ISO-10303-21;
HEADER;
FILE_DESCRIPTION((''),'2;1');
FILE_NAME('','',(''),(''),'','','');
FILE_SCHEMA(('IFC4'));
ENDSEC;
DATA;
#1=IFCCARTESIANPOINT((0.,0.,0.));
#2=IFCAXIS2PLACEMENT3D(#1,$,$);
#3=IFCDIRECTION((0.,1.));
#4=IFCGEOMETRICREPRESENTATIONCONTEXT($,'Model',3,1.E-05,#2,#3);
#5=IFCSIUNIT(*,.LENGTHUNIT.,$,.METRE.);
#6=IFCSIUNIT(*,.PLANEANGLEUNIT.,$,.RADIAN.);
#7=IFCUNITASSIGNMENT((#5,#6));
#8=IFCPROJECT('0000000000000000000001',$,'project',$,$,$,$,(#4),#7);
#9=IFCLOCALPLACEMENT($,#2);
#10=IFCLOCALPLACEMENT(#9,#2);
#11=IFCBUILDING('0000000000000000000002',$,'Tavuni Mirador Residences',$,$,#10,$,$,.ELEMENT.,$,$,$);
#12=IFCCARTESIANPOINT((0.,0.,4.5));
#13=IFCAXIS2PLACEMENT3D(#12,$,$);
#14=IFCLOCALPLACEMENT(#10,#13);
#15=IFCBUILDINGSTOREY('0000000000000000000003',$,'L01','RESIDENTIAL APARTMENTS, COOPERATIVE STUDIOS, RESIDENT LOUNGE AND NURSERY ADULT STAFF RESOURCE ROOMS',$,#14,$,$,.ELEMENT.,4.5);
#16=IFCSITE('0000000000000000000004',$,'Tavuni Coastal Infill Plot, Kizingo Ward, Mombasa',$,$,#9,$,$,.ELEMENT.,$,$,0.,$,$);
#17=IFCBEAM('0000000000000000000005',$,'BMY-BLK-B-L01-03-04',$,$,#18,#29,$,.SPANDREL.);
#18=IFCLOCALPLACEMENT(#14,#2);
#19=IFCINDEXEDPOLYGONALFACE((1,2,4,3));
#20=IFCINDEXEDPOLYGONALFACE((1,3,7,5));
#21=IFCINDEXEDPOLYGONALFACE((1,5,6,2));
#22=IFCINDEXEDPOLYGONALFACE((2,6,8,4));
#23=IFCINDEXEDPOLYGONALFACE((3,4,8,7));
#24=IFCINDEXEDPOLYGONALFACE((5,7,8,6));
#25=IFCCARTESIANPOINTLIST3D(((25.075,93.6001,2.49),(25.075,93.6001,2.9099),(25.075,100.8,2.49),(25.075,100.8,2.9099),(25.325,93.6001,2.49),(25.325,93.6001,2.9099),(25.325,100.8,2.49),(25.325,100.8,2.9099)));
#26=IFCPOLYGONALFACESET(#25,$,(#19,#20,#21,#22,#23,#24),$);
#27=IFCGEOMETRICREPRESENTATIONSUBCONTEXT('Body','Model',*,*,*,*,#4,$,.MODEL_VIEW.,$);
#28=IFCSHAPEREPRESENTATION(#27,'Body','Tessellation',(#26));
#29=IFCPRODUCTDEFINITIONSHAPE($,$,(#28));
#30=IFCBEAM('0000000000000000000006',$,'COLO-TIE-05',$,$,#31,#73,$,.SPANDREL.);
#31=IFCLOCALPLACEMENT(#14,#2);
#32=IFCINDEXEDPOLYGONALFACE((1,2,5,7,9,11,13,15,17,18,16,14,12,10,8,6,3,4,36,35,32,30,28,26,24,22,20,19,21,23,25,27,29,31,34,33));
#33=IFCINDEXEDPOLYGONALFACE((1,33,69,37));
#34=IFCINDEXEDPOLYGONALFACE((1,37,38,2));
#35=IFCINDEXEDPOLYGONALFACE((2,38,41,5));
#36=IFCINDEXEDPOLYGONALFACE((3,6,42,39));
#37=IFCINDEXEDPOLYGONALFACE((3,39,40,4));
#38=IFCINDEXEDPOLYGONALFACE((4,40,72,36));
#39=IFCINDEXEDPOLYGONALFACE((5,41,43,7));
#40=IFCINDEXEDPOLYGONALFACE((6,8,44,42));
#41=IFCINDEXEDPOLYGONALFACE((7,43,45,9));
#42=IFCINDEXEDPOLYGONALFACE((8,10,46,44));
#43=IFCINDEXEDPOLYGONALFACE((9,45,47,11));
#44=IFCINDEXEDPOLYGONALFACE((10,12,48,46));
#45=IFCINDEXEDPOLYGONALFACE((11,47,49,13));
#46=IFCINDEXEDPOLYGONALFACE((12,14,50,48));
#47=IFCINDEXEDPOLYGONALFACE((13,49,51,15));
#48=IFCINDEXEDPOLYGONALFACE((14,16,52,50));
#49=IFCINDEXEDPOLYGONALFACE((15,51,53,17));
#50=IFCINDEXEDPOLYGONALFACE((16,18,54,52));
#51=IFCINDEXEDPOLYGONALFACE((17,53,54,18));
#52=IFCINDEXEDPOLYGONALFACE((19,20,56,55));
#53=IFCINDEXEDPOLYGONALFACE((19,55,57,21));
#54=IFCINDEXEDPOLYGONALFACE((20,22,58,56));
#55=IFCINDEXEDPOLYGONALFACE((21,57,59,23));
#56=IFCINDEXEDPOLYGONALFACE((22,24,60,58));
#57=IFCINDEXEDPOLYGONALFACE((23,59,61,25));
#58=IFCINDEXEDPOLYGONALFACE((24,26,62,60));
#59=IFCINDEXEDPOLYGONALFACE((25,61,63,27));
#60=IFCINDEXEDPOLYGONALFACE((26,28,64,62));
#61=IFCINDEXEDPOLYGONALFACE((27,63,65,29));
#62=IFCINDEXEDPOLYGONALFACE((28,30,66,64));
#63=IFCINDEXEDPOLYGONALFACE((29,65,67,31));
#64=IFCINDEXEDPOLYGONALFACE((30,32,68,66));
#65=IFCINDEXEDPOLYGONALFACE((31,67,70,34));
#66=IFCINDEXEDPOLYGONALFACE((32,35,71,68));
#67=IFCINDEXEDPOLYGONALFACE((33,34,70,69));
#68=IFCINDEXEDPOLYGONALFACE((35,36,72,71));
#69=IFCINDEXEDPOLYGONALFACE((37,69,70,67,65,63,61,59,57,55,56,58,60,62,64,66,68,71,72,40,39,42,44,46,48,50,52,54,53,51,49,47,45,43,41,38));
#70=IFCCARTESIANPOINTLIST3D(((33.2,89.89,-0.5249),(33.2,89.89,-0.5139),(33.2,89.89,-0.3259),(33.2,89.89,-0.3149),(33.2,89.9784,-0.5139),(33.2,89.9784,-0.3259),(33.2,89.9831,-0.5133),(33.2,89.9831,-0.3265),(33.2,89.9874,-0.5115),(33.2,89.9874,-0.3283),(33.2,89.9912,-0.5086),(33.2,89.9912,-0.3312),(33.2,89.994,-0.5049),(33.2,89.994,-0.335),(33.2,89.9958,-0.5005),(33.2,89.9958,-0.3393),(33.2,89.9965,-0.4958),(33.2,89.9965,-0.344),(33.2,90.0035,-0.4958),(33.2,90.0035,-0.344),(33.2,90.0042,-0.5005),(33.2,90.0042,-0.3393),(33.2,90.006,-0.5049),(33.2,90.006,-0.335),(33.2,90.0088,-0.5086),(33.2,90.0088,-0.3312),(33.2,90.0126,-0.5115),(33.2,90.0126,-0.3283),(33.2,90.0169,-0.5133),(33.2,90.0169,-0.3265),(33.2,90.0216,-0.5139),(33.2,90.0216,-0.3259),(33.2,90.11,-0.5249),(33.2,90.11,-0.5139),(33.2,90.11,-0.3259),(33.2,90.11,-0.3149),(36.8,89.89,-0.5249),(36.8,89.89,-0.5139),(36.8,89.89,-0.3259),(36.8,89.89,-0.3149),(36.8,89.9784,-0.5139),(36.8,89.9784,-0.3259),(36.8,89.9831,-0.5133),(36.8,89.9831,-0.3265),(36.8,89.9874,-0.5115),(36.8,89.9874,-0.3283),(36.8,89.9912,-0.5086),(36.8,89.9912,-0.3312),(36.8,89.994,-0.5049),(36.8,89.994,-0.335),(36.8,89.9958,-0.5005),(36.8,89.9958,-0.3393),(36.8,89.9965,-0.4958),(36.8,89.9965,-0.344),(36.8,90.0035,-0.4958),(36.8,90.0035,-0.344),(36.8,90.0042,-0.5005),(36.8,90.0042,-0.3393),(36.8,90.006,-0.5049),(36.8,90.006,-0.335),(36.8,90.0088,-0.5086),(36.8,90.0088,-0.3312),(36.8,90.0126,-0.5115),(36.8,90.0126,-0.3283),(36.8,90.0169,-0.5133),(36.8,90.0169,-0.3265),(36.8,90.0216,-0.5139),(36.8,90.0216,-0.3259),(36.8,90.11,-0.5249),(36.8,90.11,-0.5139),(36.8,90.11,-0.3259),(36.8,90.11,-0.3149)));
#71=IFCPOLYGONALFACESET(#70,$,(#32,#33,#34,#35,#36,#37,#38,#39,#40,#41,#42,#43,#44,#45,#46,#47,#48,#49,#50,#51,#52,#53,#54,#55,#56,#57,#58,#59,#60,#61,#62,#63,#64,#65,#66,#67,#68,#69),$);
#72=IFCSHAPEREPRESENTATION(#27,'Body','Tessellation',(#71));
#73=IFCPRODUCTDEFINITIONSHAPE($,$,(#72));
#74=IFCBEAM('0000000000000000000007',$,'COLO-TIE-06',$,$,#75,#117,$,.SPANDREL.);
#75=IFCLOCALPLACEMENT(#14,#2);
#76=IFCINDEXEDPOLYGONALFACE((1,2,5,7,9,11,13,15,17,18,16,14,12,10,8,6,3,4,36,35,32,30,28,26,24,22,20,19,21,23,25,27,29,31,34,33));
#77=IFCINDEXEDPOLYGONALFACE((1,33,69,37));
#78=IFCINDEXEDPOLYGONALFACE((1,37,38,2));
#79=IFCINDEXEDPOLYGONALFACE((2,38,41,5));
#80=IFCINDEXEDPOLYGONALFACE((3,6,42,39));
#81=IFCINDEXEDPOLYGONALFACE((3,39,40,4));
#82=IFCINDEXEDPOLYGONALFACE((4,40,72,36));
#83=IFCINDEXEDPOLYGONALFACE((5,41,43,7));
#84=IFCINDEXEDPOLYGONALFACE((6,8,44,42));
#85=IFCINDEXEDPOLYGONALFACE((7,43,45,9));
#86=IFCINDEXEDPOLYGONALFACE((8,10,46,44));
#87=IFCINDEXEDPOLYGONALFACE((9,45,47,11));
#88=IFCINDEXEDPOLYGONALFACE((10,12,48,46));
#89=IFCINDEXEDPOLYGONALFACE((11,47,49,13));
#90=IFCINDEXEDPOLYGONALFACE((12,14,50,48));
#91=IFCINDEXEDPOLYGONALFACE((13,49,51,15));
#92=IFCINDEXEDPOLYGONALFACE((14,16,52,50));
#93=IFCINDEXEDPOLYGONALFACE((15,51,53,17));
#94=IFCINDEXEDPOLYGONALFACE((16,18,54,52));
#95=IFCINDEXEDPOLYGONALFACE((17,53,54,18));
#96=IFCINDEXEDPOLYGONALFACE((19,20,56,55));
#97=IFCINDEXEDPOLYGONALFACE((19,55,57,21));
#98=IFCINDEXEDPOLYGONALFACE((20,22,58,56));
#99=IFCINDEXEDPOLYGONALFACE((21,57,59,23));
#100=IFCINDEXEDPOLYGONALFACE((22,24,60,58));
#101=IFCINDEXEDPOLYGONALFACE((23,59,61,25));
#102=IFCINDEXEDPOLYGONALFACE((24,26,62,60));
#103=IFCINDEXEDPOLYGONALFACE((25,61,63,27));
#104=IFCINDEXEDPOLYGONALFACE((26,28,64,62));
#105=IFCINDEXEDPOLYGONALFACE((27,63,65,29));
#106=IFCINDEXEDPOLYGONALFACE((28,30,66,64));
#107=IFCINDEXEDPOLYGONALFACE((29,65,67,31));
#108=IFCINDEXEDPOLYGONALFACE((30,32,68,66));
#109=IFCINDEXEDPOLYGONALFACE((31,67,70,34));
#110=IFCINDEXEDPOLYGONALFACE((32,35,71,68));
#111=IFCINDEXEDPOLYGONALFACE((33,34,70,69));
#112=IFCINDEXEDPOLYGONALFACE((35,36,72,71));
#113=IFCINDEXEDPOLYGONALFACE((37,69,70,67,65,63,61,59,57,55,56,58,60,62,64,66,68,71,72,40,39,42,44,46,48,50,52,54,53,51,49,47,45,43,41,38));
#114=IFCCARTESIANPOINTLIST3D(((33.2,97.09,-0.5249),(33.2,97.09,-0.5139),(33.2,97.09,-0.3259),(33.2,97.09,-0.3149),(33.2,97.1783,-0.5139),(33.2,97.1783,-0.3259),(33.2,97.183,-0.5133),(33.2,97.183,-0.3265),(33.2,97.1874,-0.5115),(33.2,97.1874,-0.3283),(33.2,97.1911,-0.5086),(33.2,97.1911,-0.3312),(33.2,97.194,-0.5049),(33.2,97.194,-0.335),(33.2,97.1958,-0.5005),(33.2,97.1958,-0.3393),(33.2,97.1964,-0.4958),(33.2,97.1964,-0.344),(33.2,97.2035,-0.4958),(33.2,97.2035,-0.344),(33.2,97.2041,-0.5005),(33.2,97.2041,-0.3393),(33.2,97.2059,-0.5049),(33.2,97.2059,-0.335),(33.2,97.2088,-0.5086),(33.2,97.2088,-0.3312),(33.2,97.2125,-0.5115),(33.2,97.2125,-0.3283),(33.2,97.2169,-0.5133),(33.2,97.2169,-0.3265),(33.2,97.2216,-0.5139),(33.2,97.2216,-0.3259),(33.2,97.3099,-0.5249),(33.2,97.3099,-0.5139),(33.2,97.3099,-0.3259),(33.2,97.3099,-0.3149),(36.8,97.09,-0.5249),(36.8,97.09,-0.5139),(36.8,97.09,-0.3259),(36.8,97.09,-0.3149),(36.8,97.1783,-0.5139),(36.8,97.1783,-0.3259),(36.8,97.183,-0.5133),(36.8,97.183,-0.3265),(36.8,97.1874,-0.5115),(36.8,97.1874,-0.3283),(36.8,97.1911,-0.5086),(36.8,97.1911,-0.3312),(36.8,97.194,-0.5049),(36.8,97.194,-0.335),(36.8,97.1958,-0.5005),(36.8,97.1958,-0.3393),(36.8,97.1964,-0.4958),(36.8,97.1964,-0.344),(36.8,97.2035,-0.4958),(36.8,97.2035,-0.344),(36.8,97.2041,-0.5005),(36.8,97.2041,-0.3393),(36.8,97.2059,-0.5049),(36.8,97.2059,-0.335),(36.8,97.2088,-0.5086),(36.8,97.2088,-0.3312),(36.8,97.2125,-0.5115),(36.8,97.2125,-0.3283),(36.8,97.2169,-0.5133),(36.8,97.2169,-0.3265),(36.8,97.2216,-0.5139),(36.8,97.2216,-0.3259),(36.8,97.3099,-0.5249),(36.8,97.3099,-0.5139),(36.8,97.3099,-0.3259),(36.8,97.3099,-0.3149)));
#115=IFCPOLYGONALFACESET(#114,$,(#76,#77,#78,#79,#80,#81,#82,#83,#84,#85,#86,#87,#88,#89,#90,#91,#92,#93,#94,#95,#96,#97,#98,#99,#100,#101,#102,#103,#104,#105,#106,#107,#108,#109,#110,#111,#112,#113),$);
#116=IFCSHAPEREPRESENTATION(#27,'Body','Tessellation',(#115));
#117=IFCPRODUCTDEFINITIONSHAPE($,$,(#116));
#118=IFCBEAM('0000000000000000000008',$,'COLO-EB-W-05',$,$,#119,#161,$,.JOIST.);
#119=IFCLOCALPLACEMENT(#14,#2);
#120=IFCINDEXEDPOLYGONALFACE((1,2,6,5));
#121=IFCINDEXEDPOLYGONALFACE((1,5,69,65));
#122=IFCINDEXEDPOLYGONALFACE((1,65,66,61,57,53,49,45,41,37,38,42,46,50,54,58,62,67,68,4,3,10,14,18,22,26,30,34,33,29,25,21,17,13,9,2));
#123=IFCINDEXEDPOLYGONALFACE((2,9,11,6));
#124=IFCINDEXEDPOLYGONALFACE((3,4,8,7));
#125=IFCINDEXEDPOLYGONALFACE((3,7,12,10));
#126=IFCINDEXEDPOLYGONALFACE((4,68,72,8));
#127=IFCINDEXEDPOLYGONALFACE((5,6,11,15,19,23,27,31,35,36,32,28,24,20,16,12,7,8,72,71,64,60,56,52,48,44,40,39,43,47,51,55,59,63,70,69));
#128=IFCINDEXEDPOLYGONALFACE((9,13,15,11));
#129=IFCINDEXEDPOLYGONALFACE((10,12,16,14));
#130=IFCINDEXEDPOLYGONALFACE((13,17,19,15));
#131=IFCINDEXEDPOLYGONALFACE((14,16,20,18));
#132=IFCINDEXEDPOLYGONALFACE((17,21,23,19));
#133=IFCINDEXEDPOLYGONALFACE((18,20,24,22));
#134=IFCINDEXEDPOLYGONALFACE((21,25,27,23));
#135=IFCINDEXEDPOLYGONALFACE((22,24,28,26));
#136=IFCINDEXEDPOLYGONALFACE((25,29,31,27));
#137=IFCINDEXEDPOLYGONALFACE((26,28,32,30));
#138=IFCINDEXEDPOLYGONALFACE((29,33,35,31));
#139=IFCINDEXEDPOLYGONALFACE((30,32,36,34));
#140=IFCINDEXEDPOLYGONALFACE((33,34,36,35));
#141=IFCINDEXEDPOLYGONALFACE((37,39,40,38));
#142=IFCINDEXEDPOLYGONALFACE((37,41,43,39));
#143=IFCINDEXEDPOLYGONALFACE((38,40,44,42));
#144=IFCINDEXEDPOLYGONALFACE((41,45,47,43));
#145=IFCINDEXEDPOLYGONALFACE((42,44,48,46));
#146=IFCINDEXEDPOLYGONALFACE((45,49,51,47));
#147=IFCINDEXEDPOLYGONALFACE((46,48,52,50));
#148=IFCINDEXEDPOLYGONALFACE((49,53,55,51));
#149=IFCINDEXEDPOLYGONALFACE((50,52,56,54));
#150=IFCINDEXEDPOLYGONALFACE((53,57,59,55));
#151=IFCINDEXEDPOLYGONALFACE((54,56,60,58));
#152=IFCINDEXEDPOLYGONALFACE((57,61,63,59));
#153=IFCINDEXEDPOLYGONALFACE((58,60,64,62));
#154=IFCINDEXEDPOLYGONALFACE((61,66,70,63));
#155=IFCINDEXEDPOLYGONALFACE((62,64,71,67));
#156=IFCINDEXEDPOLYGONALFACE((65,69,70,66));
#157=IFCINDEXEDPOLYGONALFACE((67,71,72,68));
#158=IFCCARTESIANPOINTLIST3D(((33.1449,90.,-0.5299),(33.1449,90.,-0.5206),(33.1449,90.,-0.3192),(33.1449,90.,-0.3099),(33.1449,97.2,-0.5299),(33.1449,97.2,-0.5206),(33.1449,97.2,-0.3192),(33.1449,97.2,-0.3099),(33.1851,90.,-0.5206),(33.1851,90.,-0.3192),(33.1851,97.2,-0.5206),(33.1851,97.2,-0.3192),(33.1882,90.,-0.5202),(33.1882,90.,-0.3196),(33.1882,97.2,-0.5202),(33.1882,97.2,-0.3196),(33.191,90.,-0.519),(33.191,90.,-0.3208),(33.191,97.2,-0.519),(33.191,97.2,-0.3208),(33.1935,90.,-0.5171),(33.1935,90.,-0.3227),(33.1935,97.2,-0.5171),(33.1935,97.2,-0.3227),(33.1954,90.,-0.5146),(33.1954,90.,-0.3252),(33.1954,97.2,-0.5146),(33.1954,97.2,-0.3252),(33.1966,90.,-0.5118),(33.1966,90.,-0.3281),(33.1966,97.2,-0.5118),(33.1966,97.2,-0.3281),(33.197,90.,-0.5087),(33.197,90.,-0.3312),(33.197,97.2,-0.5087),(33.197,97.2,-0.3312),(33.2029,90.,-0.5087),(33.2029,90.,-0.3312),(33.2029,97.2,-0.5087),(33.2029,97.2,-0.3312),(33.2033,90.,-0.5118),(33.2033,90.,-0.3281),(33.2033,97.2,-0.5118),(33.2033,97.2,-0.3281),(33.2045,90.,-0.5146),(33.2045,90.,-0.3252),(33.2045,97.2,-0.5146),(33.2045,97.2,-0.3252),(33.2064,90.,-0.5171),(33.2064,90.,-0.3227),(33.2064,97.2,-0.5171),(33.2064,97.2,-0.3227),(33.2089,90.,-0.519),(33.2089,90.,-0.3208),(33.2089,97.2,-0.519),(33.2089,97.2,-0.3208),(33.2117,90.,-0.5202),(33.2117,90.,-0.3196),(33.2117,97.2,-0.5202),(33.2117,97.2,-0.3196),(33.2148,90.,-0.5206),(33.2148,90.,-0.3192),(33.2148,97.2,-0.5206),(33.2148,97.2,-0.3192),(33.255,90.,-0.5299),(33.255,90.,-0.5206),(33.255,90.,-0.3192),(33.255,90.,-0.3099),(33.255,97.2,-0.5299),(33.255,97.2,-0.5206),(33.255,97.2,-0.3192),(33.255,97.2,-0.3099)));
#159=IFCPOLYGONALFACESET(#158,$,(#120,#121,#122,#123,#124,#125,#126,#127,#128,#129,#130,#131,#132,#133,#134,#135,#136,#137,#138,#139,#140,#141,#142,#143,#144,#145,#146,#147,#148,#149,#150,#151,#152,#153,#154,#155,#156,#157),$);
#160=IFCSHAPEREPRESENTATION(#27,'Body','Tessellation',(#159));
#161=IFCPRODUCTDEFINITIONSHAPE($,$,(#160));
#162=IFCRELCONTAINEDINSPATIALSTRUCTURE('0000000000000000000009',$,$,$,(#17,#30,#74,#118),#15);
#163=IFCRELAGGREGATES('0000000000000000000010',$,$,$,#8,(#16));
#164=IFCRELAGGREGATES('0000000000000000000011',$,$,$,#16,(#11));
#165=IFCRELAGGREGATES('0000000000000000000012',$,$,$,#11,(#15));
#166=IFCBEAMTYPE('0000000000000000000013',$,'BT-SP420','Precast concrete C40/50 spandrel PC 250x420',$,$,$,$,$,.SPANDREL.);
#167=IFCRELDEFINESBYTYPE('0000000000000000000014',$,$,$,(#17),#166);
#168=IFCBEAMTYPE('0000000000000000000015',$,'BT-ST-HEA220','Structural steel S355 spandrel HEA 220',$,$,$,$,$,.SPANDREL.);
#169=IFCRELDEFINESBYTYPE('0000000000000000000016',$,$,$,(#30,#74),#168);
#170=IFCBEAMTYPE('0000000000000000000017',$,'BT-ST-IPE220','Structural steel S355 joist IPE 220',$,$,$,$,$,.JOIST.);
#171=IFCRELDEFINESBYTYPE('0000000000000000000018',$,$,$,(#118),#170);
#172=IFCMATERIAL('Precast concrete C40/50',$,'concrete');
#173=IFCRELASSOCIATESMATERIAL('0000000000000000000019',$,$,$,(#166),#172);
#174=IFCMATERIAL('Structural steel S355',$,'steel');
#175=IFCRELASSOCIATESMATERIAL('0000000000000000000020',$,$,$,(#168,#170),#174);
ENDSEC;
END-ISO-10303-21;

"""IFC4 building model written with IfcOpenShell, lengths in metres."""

from ifc_helpers import new_model, si_unit, direction, frame, origin, origin_2d, place, context, subcontext, project, spatial, rectangle, i_section, extrude, material, material_profile, profile_set, type_object, element, save


model = new_model("IFC4")

# Units and contexts
model_context = context("Model", 3, precision=1e-05, world=origin(), true_north=direction((0.0, 1.0)))
body_context = subcontext(model_context, "Body", "Model", "MODEL_VIEW")
ifc_project = project(units=[si_unit("LENGTHUNIT", "METRE"), si_unit("PLANEANGLEUNIT", "RADIAN")], contexts=[model_context])

# Site, building, storey
site_placement = place(None, origin())
site = spatial("IfcSite", under=ifc_project, at=site_placement, Name="Tavuni Coastal Infill Plot, Kizingo Ward, Mombasa", CompositionType="ELEMENT", RefElevation=0.0)
building_placement = place(site_placement, origin())
building = spatial("IfcBuilding", under=site, at=building_placement, Name="Tavuni Mirador Residences", CompositionType="ELEMENT")
storey_placement = place(building_placement, frame((0.0, 0.0, 4.5)))
storey = spatial("IfcBuildingStorey", under=building, at=storey_placement, Name="L01", Description="RESIDENTIAL APARTMENTS, COOPERATIVE STUDIOS, RESIDENT LOUNGE AND NURSERY ADULT STAFF RESOURCE ROOMS", CompositionType="ELEMENT", Elevation=4.5)

# Beams
ifc_material_1 = material(Name="Precast concrete C40/50", Category="concrete")
ifc_material_profile_1 = material_profile(ifc_material_1, rectangle(XDim=0.25, YDim=0.4199, at=origin_2d()), Name="PC 250x420", Category="concrete")
ifc_profile_set_1 = profile_set([ifc_material_profile_1], Name="Precast concrete C40/50")
beam_type_1 = type_object("IfcBeamType", Name="BT-SP420", Description="Precast concrete C40/50 spandrel PC 250x420", PredefinedType="SPANDREL", material=ifc_profile_set_1)
beam_placement = place(storey_placement, frame((25.2, 93.6001, 2.7), z_axis=(0.0, 1.0, 0.0), x_axis=(-1.0, 0.0, 0.0)))
element("IfcBeam", 1, at=beam_placement, inside=storey, type_object=beam_type_1, Name="BMY-BLK-B-L01-03-04", PredefinedType="SPANDREL", context=body_context, shape_type="SweptSolid", body=[
    extrude(rectangle(XDim=0.25, YDim=0.4199, at=origin_2d()), origin(), (0.0, 0.0, 1.0), 7.2),
])
ifc_material_2 = material(Name="Structural steel S355", Category="steel")
ifc_material_profile_2 = material_profile(ifc_material_2, i_section(OverallWidth=0.22, OverallDepth=0.21, WebThickness=0.0071, FlangeThickness=0.011, FilletRadius=0.0181, at=origin_2d()), Name="HEA 220", Category="steel")
ifc_profile_set_2 = profile_set([ifc_material_profile_2], Name="Structural steel S355")
beam_type_2 = type_object("IfcBeamType", Name="BT-ST-HEA220", Description="Structural steel S355 spandrel HEA 220", PredefinedType="SPANDREL", material=ifc_profile_set_2)
for number, where, z_axis, x_axis, name in (
    (2, (33.2, 90.0, -0.4199), (1.0, 0.0, 0.0), (0.0, 1.0, 0.0), "COLO-TIE-05"),
    (3, (33.2, 97.2, -0.4199), (1.0, 0.0, 0.0), (0.0, 1.0, 0.0), "COLO-TIE-06"),
):
    element("IfcBeam", number, at=place(storey_placement, frame(where, z_axis=z_axis, x_axis=x_axis)), inside=storey, type_object=beam_type_2, Name=name, PredefinedType="SPANDREL", context=body_context, shape_type="SweptSolid", body=[
        extrude(i_section(OverallWidth=0.22, OverallDepth=0.21, WebThickness=0.0071, FlangeThickness=0.011, FilletRadius=0.0181, at=origin_2d()), origin(), (0.0, 0.0, 1.0), 3.6001),
    ])
ifc_material_profile_3 = material_profile(ifc_material_2, i_section(OverallWidth=0.1101, OverallDepth=0.22, WebThickness=0.0059, FlangeThickness=0.0093, FilletRadius=0.012, at=origin_2d()), Name="IPE 220", Category="steel")
ifc_profile_set_3 = profile_set([ifc_material_profile_3], Name="Structural steel S355")
beam_type_3 = type_object("IfcBeamType", Name="BT-ST-IPE220", Description="Structural steel S355 joist IPE 220", PredefinedType="JOIST", material=ifc_profile_set_3)
for number, where, z_axis, x_axis, name in (
    (4, (33.2, 90.0, -0.4199), (0.0, 1.0, 0.0), (-1.0, 0.0, 0.0), "COLO-EB-W-05"),
):
    element("IfcBeam", number, at=place(storey_placement, frame(where, z_axis=z_axis, x_axis=x_axis)), inside=storey, type_object=beam_type_3, Name=name, PredefinedType="JOIST", context=body_context, shape_type="SweptSolid", body=[
        extrude(i_section(OverallWidth=0.1101, OverallDepth=0.22, WebThickness=0.0059, FlangeThickness=0.0093, FilletRadius=0.012, at=origin_2d()), origin(), (0.0, 0.0, 1.0), 7.2),
    ])

save(model, "model.ifc")
